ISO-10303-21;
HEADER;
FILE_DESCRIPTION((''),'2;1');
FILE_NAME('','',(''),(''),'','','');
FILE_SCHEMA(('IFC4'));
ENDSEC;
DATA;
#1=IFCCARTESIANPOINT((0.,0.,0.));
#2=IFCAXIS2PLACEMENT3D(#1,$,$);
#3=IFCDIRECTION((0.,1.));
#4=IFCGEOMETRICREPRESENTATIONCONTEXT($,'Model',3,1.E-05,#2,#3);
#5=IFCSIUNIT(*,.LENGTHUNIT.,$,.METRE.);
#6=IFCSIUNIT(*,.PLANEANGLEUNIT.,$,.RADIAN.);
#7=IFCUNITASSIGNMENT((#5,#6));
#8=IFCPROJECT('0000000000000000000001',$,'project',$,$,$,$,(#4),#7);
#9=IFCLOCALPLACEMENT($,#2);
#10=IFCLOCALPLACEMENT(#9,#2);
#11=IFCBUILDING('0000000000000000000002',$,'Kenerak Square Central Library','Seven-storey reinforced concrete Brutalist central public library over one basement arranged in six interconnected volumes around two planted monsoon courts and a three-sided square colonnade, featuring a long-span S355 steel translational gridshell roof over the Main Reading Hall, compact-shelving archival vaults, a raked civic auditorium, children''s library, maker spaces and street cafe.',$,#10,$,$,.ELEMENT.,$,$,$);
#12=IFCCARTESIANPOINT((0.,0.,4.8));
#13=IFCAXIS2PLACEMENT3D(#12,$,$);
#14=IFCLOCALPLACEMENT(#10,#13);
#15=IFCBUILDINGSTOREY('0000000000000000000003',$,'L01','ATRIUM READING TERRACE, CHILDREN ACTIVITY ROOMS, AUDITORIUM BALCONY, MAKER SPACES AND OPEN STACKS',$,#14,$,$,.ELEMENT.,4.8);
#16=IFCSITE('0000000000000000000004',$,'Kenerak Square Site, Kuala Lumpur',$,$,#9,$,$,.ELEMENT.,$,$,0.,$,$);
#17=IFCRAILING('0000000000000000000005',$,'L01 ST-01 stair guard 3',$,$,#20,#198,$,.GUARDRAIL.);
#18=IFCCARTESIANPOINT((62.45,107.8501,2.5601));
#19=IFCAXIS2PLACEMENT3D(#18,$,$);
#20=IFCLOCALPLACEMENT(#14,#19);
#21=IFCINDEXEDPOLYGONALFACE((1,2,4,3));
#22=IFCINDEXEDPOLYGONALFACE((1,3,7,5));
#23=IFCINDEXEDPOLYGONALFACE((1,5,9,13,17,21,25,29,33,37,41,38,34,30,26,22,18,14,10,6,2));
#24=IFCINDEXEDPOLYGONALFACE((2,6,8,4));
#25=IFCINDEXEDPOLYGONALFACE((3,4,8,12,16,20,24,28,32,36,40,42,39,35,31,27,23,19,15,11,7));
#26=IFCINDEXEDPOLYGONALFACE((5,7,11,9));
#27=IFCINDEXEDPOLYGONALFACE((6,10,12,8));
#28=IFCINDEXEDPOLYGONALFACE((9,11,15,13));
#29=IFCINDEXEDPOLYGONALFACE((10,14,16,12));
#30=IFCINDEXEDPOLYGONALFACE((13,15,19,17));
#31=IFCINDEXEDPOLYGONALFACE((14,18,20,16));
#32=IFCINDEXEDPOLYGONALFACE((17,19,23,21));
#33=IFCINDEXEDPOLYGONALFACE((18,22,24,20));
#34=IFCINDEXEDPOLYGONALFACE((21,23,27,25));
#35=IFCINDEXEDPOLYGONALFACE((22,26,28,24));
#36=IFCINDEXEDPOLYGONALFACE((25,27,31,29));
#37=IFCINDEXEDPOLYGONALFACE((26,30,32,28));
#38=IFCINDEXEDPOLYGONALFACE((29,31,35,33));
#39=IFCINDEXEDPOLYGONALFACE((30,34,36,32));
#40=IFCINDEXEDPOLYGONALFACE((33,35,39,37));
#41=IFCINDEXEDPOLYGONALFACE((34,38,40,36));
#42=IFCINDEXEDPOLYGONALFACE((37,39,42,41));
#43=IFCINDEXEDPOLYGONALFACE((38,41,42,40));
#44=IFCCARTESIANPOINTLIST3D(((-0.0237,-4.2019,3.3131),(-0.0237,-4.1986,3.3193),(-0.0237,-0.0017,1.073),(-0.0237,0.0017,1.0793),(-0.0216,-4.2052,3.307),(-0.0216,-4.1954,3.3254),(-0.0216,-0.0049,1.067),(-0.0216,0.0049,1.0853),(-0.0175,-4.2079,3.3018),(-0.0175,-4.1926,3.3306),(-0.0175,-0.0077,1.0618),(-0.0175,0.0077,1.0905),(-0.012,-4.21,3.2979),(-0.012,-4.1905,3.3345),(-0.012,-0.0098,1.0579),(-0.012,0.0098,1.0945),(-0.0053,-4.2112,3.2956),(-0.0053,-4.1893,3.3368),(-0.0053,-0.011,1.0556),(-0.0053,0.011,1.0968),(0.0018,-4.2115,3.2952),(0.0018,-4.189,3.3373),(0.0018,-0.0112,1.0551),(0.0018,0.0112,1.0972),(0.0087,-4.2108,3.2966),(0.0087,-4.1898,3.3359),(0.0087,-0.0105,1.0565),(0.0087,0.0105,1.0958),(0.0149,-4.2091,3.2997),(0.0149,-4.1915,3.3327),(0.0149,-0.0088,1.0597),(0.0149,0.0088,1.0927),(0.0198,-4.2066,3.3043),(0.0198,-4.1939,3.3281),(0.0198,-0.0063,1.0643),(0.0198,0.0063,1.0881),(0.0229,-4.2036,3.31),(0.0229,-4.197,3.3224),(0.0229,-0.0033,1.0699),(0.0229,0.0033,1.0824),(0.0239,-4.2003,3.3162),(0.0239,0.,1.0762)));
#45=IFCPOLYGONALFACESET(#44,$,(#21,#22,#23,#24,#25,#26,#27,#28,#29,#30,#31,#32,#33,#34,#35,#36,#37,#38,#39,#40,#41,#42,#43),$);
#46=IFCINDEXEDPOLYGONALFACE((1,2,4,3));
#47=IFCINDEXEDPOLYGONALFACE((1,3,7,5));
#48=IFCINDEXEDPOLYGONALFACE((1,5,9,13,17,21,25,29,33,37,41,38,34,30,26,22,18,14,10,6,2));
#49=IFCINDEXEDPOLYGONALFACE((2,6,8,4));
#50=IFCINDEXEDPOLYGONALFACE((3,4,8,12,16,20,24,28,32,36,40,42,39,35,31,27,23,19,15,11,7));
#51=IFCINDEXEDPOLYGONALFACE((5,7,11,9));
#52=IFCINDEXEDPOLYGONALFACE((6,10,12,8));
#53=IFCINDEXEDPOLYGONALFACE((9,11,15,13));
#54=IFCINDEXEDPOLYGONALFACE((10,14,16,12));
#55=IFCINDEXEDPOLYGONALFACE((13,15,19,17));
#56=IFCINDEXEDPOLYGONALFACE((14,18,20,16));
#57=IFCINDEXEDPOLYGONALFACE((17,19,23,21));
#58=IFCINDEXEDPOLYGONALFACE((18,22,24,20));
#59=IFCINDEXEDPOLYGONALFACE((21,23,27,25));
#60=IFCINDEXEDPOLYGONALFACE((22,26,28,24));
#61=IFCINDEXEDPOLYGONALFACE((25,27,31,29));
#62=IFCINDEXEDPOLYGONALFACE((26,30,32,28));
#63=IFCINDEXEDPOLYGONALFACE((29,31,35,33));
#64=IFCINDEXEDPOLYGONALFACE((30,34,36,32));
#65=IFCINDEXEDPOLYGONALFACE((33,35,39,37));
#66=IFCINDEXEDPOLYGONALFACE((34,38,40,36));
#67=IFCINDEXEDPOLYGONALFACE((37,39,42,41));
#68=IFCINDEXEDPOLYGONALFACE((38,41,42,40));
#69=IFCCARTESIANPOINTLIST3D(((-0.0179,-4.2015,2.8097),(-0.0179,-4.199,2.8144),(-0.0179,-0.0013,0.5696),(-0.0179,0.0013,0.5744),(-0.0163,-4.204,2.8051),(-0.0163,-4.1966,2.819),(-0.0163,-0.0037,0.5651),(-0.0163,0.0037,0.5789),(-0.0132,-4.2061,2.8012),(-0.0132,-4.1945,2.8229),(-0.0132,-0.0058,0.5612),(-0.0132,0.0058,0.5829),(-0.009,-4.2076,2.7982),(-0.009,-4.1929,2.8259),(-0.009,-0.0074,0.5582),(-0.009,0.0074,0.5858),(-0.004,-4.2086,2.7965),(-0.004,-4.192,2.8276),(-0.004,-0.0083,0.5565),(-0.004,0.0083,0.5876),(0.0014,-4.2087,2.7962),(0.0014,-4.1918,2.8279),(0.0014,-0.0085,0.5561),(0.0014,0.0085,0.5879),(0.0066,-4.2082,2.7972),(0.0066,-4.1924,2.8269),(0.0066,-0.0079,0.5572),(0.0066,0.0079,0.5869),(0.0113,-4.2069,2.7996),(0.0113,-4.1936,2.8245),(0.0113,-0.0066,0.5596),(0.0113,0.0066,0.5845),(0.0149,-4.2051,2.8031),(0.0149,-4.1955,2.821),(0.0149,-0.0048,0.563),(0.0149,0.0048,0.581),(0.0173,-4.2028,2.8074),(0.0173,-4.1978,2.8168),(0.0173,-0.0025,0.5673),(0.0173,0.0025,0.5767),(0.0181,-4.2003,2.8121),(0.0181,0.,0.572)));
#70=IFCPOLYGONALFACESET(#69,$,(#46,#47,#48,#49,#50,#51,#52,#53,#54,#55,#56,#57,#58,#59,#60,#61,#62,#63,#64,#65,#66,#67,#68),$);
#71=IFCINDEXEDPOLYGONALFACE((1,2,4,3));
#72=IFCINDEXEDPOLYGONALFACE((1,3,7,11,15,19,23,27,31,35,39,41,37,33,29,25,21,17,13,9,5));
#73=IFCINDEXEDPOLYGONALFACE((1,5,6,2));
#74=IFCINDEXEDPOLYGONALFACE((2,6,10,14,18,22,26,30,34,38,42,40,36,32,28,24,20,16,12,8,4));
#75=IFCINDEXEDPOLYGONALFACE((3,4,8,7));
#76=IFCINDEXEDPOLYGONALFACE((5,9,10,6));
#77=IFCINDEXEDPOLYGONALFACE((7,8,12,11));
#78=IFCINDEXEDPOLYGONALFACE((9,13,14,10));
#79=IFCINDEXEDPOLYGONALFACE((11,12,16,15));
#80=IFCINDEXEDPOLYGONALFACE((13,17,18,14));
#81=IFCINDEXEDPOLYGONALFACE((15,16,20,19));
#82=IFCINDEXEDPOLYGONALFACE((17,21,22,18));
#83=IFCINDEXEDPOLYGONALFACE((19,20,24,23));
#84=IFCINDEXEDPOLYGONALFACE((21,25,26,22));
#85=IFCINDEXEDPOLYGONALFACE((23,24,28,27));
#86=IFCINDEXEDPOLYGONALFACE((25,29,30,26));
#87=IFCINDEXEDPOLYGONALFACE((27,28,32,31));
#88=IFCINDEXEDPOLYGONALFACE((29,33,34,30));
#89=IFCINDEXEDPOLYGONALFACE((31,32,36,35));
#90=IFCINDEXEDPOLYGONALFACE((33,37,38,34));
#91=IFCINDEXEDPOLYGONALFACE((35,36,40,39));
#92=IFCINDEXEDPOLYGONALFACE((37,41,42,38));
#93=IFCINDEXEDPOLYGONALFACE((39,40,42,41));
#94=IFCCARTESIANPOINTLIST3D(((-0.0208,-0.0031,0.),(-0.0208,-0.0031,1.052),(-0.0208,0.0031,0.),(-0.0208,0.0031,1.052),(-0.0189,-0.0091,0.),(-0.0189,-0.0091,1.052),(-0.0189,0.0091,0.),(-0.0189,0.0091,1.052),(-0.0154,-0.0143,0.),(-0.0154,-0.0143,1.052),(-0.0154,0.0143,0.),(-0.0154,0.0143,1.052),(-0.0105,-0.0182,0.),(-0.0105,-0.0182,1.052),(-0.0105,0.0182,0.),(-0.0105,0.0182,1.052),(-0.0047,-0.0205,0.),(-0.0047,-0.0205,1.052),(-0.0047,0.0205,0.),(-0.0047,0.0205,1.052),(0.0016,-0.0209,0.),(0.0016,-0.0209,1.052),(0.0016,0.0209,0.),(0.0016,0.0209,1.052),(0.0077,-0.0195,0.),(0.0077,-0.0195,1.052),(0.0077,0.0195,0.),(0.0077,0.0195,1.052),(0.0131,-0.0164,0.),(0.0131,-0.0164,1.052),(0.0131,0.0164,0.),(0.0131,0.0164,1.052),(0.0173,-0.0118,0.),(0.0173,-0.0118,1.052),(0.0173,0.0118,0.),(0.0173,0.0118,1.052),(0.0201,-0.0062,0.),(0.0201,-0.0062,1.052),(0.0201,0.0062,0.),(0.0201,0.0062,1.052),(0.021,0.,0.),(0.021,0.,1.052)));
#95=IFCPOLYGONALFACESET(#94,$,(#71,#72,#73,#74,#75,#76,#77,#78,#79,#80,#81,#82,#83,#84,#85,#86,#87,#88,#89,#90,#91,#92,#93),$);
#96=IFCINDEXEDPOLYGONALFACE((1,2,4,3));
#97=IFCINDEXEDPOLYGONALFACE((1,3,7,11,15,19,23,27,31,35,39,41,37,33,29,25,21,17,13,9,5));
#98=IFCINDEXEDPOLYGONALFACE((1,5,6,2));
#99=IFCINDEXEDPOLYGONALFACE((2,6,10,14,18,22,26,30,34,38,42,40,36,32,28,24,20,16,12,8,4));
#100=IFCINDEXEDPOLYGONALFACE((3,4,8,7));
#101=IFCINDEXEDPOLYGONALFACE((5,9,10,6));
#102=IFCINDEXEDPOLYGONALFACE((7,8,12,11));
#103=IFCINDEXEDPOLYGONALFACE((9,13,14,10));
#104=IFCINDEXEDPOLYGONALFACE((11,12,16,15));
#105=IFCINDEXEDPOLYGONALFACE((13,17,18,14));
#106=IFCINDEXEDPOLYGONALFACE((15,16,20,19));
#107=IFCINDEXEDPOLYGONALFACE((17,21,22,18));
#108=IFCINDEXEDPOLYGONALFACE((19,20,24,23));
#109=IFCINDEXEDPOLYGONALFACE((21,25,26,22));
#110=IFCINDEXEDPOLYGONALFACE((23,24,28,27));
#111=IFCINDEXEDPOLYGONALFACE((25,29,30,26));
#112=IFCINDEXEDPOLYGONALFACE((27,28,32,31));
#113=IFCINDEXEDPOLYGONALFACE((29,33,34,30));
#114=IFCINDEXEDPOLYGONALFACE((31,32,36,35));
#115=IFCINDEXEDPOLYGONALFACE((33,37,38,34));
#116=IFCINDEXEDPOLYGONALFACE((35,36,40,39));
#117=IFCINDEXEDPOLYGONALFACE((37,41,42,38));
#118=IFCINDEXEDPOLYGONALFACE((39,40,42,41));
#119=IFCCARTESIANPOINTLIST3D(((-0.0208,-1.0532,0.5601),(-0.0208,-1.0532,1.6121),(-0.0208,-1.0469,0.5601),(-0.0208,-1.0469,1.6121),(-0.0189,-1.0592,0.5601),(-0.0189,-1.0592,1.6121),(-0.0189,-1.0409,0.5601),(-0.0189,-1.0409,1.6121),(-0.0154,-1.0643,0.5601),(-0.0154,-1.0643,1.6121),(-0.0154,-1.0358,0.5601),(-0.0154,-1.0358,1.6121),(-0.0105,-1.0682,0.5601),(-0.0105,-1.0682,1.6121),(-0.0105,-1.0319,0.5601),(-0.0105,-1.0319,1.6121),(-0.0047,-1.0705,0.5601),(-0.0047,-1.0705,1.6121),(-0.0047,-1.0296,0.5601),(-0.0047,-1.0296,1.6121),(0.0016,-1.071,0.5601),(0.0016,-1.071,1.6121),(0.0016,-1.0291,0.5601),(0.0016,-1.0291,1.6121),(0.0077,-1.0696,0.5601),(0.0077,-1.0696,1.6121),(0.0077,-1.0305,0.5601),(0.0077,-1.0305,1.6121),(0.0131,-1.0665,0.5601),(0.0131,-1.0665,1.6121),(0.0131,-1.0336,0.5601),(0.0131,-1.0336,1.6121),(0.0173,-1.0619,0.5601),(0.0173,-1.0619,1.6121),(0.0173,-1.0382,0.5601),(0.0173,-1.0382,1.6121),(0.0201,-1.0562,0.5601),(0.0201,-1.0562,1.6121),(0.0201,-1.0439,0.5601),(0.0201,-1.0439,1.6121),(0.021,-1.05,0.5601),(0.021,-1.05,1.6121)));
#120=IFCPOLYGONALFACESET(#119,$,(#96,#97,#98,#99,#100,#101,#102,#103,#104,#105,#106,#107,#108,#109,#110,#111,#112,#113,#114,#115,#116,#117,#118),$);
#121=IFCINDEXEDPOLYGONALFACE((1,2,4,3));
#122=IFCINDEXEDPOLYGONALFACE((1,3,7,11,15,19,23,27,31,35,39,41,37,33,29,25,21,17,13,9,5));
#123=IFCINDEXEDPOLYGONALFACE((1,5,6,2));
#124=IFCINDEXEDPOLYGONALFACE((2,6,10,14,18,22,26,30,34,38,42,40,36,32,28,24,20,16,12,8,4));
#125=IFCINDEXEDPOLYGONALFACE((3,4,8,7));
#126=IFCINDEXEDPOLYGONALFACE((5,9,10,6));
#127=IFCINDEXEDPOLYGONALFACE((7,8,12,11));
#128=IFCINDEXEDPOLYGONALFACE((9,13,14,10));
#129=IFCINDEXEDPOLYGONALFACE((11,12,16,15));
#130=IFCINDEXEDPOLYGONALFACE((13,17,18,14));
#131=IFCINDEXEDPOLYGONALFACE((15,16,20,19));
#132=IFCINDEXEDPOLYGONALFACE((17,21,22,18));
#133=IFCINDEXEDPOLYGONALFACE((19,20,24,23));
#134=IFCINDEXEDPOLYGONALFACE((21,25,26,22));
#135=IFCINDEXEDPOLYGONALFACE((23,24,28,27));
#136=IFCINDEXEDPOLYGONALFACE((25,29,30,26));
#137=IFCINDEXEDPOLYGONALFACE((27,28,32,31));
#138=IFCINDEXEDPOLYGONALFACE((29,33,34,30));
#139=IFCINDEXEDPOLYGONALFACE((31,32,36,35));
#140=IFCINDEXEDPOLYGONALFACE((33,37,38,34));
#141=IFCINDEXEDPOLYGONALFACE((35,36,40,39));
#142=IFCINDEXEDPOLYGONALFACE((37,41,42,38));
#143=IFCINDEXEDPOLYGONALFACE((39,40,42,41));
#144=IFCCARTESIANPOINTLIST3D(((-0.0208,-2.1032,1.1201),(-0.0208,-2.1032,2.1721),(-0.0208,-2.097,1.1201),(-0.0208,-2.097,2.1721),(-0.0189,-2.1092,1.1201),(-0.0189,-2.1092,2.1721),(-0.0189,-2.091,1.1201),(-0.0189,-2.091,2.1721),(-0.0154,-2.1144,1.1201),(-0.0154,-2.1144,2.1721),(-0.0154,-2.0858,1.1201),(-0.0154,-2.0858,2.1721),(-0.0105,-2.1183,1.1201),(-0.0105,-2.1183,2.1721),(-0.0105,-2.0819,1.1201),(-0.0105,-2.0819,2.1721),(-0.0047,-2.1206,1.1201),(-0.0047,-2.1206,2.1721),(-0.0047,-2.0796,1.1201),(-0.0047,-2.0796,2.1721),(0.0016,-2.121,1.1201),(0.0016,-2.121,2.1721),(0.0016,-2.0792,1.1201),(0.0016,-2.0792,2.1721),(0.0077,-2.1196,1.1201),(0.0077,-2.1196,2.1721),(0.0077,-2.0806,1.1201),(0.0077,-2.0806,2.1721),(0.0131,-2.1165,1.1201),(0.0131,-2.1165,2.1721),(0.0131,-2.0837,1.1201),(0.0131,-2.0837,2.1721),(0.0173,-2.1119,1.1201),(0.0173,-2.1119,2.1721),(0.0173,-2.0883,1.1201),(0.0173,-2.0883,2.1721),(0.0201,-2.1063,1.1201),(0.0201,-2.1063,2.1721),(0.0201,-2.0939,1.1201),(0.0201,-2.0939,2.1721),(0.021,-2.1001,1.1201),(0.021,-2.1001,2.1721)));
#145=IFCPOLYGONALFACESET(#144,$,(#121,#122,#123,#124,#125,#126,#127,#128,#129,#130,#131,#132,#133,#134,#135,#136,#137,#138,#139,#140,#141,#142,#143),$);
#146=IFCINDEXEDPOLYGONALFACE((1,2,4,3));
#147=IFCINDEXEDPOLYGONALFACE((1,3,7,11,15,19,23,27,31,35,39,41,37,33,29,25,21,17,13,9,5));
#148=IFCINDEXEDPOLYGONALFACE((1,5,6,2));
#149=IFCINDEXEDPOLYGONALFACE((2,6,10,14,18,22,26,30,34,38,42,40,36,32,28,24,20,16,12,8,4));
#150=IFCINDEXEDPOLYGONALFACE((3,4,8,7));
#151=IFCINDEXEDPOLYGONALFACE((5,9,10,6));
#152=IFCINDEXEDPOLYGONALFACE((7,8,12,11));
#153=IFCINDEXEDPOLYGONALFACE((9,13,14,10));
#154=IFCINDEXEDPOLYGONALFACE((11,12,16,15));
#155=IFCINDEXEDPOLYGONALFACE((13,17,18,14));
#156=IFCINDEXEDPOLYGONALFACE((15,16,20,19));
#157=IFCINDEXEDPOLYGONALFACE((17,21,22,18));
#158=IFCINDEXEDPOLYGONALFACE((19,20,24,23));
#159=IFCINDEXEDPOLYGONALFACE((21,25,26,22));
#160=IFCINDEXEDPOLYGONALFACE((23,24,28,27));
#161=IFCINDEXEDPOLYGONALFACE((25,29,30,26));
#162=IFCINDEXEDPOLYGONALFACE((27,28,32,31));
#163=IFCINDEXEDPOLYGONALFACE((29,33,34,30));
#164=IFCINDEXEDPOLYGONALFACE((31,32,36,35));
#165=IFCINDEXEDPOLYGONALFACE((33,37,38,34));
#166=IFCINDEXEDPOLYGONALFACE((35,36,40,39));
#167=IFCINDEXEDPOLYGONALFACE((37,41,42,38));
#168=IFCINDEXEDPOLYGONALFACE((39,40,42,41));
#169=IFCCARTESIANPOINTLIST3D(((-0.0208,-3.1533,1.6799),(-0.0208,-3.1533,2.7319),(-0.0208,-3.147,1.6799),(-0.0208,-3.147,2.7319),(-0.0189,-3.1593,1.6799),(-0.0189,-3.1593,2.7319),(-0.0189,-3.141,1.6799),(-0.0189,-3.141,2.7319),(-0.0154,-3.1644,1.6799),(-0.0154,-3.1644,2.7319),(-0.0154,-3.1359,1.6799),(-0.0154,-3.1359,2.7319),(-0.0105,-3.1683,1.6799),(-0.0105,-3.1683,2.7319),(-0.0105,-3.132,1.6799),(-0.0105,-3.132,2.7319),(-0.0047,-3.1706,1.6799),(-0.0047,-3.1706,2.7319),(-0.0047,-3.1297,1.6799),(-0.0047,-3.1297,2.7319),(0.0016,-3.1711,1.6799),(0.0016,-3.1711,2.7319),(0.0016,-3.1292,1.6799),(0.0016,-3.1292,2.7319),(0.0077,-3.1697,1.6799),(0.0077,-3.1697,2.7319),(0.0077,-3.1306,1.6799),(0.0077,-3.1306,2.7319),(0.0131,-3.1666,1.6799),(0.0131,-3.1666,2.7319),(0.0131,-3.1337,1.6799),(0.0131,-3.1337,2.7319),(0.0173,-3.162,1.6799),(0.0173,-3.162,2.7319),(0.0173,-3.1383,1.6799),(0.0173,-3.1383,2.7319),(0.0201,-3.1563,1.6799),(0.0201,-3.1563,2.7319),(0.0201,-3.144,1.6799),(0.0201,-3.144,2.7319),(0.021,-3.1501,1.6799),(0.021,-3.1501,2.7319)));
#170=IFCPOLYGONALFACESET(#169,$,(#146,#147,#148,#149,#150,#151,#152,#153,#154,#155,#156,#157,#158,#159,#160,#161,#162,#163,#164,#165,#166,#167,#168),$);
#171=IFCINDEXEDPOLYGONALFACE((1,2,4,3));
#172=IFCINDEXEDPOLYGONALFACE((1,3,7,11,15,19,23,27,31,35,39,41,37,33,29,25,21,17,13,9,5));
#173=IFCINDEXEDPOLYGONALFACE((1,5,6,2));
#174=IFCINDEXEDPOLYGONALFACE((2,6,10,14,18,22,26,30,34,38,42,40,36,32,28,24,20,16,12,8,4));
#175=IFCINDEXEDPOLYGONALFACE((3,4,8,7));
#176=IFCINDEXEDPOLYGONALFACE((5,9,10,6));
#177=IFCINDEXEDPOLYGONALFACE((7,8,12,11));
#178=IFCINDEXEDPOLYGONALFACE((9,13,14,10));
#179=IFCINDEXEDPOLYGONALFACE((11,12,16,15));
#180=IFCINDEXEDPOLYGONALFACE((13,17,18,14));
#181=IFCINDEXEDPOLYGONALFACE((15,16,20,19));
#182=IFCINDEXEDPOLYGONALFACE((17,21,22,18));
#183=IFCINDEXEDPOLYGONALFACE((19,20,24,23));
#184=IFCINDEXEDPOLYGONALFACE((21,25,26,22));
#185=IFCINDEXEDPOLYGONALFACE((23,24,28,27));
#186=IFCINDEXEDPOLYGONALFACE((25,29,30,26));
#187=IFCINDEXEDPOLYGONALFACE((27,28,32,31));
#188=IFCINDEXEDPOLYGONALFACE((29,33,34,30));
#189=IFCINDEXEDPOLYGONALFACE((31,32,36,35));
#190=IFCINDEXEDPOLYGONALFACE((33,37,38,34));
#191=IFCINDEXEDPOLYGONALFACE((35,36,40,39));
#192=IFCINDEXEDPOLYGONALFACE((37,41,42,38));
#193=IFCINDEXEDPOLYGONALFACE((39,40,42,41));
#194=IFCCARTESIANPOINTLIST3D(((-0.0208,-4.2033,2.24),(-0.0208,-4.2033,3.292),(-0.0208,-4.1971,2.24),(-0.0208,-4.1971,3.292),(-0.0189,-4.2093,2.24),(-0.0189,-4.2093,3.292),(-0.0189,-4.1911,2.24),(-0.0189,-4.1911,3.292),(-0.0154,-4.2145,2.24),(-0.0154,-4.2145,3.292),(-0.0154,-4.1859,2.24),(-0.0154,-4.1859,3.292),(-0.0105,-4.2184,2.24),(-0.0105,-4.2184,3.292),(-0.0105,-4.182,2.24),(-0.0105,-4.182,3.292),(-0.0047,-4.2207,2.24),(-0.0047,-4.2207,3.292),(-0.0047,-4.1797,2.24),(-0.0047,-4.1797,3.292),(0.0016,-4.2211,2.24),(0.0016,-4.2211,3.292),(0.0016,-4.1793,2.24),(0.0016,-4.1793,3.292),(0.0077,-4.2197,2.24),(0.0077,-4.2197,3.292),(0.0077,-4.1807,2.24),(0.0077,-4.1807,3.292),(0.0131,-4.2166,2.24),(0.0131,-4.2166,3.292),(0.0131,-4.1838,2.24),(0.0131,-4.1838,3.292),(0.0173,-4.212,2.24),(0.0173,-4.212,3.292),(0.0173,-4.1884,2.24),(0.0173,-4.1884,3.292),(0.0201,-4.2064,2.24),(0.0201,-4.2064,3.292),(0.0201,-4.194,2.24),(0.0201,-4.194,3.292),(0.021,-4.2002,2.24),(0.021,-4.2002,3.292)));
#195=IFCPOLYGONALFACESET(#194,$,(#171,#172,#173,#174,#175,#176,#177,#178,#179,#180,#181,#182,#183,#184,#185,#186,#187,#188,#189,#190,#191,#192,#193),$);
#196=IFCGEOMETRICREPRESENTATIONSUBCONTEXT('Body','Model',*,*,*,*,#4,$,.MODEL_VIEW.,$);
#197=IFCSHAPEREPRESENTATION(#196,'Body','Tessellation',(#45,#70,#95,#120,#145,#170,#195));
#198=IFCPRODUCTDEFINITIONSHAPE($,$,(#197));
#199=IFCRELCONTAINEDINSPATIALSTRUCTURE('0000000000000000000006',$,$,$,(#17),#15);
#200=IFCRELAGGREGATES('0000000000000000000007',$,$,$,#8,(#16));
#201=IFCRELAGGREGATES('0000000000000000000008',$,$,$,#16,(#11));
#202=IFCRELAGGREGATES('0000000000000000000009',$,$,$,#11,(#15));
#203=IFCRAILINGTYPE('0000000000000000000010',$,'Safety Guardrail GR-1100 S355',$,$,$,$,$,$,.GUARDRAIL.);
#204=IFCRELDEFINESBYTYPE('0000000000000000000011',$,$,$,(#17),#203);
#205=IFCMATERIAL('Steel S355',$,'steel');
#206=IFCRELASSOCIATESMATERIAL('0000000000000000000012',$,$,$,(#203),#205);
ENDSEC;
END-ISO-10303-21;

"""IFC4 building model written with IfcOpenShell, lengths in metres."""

from ifc_helpers import new_model, si_unit, direction, frame, origin, origin_2d, place, context, subcontext, project, spatial, circle, extrude, material, type_object, element, save


model = new_model("IFC4")

# Units and contexts
model_context = context("Model", 3, precision=1e-05, world=origin(), true_north=direction((0.0, 1.0)))
body_context = subcontext(model_context, "Body", "Model", "MODEL_VIEW")
ifc_project = project(units=[si_unit("LENGTHUNIT", "METRE"), si_unit("PLANEANGLEUNIT", "RADIAN")], contexts=[model_context])

# Site, building, storey
site_placement = place(None, origin())
site = spatial("IfcSite", under=ifc_project, at=site_placement, Name="Kenerak Square Site, Kuala Lumpur", CompositionType="ELEMENT", RefElevation=0.0)
building_placement = place(site_placement, origin())
building = spatial("IfcBuilding", under=site, at=building_placement, Name="Kenerak Square Central Library", Description="Seven-storey reinforced concrete Brutalist central public library over one basement arranged in six interconnected volumes around two planted monsoon courts and a three-sided square colonnade, featuring a long-span S355 steel translational gridshell roof over the Main Reading Hall, compact-shelving archival vaults, a raked civic auditorium, children's library, maker spaces and street cafe.", CompositionType="ELEMENT")
storey_placement = place(building_placement, frame((0.0, 0.0, 4.8)))
storey = spatial("IfcBuildingStorey", under=building, at=storey_placement, Name="L01", Description="ATRIUM READING TERRACE, CHILDREN ACTIVITY ROOMS, AUDITORIUM BALCONY, MAKER SPACES AND OPEN STACKS", CompositionType="ELEMENT", Elevation=4.8)

# Shared definitions
ifc_material_1 = material(Name="Steel S355", Category="steel")

# Railing
railing_type_1 = type_object("IfcRailingType", Name="Safety Guardrail GR-1100 S355", PredefinedType="GUARDRAIL", material=ifc_material_1)
railing_1_placement = place(storey_placement, frame((62.45, 107.8501, 2.5601)))
element("IfcRailing", 1, at=railing_1_placement, inside=storey, type_object=railing_type_1, Name="L01 ST-01 stair guard 3", PredefinedType="GUARDRAIL", context=body_context, shape_type="SweptSolid", body=[
    extrude(circle(Radius=0.0239, at=origin_2d()), frame((0.0, 0.0, 1.0762), z_axis=(0.0, -0.882363, 0.47057), x_axis=(1.0, 0.0, 0.0)), (0.0, 0.0, 1.0), 4.7603),
    extrude(circle(Radius=0.0181, at=origin_2d()), frame((0.0, 0.0, 0.572), z_axis=(0.0, -0.882363, 0.47057), x_axis=(1.0, 0.0, 0.0)), (0.0, 0.0, 1.0), 4.7603),
    extrude(circle(Radius=0.021, at=origin_2d()), origin(), (0.0, 0.0, 1.0), 1.052),
    extrude(circle(Radius=0.021, at=origin_2d()), frame((0.0, -1.05, 0.5601)), (0.0, 0.0, 1.0), 1.052),
    extrude(circle(Radius=0.021, at=origin_2d()), frame((0.0, -2.1001, 1.1201)), (0.0, 0.0, 1.0), 1.052),
    extrude(circle(Radius=0.021, at=origin_2d()), frame((0.0, -3.1501, 1.6799)), (0.0, 0.0, 1.0), 1.052),
    extrude(circle(Radius=0.021, at=origin_2d()), frame((0.0, -4.2002, 2.24)), (0.0, 0.0, 1.0), 1.052),
])

save(model, "model.ifc")
